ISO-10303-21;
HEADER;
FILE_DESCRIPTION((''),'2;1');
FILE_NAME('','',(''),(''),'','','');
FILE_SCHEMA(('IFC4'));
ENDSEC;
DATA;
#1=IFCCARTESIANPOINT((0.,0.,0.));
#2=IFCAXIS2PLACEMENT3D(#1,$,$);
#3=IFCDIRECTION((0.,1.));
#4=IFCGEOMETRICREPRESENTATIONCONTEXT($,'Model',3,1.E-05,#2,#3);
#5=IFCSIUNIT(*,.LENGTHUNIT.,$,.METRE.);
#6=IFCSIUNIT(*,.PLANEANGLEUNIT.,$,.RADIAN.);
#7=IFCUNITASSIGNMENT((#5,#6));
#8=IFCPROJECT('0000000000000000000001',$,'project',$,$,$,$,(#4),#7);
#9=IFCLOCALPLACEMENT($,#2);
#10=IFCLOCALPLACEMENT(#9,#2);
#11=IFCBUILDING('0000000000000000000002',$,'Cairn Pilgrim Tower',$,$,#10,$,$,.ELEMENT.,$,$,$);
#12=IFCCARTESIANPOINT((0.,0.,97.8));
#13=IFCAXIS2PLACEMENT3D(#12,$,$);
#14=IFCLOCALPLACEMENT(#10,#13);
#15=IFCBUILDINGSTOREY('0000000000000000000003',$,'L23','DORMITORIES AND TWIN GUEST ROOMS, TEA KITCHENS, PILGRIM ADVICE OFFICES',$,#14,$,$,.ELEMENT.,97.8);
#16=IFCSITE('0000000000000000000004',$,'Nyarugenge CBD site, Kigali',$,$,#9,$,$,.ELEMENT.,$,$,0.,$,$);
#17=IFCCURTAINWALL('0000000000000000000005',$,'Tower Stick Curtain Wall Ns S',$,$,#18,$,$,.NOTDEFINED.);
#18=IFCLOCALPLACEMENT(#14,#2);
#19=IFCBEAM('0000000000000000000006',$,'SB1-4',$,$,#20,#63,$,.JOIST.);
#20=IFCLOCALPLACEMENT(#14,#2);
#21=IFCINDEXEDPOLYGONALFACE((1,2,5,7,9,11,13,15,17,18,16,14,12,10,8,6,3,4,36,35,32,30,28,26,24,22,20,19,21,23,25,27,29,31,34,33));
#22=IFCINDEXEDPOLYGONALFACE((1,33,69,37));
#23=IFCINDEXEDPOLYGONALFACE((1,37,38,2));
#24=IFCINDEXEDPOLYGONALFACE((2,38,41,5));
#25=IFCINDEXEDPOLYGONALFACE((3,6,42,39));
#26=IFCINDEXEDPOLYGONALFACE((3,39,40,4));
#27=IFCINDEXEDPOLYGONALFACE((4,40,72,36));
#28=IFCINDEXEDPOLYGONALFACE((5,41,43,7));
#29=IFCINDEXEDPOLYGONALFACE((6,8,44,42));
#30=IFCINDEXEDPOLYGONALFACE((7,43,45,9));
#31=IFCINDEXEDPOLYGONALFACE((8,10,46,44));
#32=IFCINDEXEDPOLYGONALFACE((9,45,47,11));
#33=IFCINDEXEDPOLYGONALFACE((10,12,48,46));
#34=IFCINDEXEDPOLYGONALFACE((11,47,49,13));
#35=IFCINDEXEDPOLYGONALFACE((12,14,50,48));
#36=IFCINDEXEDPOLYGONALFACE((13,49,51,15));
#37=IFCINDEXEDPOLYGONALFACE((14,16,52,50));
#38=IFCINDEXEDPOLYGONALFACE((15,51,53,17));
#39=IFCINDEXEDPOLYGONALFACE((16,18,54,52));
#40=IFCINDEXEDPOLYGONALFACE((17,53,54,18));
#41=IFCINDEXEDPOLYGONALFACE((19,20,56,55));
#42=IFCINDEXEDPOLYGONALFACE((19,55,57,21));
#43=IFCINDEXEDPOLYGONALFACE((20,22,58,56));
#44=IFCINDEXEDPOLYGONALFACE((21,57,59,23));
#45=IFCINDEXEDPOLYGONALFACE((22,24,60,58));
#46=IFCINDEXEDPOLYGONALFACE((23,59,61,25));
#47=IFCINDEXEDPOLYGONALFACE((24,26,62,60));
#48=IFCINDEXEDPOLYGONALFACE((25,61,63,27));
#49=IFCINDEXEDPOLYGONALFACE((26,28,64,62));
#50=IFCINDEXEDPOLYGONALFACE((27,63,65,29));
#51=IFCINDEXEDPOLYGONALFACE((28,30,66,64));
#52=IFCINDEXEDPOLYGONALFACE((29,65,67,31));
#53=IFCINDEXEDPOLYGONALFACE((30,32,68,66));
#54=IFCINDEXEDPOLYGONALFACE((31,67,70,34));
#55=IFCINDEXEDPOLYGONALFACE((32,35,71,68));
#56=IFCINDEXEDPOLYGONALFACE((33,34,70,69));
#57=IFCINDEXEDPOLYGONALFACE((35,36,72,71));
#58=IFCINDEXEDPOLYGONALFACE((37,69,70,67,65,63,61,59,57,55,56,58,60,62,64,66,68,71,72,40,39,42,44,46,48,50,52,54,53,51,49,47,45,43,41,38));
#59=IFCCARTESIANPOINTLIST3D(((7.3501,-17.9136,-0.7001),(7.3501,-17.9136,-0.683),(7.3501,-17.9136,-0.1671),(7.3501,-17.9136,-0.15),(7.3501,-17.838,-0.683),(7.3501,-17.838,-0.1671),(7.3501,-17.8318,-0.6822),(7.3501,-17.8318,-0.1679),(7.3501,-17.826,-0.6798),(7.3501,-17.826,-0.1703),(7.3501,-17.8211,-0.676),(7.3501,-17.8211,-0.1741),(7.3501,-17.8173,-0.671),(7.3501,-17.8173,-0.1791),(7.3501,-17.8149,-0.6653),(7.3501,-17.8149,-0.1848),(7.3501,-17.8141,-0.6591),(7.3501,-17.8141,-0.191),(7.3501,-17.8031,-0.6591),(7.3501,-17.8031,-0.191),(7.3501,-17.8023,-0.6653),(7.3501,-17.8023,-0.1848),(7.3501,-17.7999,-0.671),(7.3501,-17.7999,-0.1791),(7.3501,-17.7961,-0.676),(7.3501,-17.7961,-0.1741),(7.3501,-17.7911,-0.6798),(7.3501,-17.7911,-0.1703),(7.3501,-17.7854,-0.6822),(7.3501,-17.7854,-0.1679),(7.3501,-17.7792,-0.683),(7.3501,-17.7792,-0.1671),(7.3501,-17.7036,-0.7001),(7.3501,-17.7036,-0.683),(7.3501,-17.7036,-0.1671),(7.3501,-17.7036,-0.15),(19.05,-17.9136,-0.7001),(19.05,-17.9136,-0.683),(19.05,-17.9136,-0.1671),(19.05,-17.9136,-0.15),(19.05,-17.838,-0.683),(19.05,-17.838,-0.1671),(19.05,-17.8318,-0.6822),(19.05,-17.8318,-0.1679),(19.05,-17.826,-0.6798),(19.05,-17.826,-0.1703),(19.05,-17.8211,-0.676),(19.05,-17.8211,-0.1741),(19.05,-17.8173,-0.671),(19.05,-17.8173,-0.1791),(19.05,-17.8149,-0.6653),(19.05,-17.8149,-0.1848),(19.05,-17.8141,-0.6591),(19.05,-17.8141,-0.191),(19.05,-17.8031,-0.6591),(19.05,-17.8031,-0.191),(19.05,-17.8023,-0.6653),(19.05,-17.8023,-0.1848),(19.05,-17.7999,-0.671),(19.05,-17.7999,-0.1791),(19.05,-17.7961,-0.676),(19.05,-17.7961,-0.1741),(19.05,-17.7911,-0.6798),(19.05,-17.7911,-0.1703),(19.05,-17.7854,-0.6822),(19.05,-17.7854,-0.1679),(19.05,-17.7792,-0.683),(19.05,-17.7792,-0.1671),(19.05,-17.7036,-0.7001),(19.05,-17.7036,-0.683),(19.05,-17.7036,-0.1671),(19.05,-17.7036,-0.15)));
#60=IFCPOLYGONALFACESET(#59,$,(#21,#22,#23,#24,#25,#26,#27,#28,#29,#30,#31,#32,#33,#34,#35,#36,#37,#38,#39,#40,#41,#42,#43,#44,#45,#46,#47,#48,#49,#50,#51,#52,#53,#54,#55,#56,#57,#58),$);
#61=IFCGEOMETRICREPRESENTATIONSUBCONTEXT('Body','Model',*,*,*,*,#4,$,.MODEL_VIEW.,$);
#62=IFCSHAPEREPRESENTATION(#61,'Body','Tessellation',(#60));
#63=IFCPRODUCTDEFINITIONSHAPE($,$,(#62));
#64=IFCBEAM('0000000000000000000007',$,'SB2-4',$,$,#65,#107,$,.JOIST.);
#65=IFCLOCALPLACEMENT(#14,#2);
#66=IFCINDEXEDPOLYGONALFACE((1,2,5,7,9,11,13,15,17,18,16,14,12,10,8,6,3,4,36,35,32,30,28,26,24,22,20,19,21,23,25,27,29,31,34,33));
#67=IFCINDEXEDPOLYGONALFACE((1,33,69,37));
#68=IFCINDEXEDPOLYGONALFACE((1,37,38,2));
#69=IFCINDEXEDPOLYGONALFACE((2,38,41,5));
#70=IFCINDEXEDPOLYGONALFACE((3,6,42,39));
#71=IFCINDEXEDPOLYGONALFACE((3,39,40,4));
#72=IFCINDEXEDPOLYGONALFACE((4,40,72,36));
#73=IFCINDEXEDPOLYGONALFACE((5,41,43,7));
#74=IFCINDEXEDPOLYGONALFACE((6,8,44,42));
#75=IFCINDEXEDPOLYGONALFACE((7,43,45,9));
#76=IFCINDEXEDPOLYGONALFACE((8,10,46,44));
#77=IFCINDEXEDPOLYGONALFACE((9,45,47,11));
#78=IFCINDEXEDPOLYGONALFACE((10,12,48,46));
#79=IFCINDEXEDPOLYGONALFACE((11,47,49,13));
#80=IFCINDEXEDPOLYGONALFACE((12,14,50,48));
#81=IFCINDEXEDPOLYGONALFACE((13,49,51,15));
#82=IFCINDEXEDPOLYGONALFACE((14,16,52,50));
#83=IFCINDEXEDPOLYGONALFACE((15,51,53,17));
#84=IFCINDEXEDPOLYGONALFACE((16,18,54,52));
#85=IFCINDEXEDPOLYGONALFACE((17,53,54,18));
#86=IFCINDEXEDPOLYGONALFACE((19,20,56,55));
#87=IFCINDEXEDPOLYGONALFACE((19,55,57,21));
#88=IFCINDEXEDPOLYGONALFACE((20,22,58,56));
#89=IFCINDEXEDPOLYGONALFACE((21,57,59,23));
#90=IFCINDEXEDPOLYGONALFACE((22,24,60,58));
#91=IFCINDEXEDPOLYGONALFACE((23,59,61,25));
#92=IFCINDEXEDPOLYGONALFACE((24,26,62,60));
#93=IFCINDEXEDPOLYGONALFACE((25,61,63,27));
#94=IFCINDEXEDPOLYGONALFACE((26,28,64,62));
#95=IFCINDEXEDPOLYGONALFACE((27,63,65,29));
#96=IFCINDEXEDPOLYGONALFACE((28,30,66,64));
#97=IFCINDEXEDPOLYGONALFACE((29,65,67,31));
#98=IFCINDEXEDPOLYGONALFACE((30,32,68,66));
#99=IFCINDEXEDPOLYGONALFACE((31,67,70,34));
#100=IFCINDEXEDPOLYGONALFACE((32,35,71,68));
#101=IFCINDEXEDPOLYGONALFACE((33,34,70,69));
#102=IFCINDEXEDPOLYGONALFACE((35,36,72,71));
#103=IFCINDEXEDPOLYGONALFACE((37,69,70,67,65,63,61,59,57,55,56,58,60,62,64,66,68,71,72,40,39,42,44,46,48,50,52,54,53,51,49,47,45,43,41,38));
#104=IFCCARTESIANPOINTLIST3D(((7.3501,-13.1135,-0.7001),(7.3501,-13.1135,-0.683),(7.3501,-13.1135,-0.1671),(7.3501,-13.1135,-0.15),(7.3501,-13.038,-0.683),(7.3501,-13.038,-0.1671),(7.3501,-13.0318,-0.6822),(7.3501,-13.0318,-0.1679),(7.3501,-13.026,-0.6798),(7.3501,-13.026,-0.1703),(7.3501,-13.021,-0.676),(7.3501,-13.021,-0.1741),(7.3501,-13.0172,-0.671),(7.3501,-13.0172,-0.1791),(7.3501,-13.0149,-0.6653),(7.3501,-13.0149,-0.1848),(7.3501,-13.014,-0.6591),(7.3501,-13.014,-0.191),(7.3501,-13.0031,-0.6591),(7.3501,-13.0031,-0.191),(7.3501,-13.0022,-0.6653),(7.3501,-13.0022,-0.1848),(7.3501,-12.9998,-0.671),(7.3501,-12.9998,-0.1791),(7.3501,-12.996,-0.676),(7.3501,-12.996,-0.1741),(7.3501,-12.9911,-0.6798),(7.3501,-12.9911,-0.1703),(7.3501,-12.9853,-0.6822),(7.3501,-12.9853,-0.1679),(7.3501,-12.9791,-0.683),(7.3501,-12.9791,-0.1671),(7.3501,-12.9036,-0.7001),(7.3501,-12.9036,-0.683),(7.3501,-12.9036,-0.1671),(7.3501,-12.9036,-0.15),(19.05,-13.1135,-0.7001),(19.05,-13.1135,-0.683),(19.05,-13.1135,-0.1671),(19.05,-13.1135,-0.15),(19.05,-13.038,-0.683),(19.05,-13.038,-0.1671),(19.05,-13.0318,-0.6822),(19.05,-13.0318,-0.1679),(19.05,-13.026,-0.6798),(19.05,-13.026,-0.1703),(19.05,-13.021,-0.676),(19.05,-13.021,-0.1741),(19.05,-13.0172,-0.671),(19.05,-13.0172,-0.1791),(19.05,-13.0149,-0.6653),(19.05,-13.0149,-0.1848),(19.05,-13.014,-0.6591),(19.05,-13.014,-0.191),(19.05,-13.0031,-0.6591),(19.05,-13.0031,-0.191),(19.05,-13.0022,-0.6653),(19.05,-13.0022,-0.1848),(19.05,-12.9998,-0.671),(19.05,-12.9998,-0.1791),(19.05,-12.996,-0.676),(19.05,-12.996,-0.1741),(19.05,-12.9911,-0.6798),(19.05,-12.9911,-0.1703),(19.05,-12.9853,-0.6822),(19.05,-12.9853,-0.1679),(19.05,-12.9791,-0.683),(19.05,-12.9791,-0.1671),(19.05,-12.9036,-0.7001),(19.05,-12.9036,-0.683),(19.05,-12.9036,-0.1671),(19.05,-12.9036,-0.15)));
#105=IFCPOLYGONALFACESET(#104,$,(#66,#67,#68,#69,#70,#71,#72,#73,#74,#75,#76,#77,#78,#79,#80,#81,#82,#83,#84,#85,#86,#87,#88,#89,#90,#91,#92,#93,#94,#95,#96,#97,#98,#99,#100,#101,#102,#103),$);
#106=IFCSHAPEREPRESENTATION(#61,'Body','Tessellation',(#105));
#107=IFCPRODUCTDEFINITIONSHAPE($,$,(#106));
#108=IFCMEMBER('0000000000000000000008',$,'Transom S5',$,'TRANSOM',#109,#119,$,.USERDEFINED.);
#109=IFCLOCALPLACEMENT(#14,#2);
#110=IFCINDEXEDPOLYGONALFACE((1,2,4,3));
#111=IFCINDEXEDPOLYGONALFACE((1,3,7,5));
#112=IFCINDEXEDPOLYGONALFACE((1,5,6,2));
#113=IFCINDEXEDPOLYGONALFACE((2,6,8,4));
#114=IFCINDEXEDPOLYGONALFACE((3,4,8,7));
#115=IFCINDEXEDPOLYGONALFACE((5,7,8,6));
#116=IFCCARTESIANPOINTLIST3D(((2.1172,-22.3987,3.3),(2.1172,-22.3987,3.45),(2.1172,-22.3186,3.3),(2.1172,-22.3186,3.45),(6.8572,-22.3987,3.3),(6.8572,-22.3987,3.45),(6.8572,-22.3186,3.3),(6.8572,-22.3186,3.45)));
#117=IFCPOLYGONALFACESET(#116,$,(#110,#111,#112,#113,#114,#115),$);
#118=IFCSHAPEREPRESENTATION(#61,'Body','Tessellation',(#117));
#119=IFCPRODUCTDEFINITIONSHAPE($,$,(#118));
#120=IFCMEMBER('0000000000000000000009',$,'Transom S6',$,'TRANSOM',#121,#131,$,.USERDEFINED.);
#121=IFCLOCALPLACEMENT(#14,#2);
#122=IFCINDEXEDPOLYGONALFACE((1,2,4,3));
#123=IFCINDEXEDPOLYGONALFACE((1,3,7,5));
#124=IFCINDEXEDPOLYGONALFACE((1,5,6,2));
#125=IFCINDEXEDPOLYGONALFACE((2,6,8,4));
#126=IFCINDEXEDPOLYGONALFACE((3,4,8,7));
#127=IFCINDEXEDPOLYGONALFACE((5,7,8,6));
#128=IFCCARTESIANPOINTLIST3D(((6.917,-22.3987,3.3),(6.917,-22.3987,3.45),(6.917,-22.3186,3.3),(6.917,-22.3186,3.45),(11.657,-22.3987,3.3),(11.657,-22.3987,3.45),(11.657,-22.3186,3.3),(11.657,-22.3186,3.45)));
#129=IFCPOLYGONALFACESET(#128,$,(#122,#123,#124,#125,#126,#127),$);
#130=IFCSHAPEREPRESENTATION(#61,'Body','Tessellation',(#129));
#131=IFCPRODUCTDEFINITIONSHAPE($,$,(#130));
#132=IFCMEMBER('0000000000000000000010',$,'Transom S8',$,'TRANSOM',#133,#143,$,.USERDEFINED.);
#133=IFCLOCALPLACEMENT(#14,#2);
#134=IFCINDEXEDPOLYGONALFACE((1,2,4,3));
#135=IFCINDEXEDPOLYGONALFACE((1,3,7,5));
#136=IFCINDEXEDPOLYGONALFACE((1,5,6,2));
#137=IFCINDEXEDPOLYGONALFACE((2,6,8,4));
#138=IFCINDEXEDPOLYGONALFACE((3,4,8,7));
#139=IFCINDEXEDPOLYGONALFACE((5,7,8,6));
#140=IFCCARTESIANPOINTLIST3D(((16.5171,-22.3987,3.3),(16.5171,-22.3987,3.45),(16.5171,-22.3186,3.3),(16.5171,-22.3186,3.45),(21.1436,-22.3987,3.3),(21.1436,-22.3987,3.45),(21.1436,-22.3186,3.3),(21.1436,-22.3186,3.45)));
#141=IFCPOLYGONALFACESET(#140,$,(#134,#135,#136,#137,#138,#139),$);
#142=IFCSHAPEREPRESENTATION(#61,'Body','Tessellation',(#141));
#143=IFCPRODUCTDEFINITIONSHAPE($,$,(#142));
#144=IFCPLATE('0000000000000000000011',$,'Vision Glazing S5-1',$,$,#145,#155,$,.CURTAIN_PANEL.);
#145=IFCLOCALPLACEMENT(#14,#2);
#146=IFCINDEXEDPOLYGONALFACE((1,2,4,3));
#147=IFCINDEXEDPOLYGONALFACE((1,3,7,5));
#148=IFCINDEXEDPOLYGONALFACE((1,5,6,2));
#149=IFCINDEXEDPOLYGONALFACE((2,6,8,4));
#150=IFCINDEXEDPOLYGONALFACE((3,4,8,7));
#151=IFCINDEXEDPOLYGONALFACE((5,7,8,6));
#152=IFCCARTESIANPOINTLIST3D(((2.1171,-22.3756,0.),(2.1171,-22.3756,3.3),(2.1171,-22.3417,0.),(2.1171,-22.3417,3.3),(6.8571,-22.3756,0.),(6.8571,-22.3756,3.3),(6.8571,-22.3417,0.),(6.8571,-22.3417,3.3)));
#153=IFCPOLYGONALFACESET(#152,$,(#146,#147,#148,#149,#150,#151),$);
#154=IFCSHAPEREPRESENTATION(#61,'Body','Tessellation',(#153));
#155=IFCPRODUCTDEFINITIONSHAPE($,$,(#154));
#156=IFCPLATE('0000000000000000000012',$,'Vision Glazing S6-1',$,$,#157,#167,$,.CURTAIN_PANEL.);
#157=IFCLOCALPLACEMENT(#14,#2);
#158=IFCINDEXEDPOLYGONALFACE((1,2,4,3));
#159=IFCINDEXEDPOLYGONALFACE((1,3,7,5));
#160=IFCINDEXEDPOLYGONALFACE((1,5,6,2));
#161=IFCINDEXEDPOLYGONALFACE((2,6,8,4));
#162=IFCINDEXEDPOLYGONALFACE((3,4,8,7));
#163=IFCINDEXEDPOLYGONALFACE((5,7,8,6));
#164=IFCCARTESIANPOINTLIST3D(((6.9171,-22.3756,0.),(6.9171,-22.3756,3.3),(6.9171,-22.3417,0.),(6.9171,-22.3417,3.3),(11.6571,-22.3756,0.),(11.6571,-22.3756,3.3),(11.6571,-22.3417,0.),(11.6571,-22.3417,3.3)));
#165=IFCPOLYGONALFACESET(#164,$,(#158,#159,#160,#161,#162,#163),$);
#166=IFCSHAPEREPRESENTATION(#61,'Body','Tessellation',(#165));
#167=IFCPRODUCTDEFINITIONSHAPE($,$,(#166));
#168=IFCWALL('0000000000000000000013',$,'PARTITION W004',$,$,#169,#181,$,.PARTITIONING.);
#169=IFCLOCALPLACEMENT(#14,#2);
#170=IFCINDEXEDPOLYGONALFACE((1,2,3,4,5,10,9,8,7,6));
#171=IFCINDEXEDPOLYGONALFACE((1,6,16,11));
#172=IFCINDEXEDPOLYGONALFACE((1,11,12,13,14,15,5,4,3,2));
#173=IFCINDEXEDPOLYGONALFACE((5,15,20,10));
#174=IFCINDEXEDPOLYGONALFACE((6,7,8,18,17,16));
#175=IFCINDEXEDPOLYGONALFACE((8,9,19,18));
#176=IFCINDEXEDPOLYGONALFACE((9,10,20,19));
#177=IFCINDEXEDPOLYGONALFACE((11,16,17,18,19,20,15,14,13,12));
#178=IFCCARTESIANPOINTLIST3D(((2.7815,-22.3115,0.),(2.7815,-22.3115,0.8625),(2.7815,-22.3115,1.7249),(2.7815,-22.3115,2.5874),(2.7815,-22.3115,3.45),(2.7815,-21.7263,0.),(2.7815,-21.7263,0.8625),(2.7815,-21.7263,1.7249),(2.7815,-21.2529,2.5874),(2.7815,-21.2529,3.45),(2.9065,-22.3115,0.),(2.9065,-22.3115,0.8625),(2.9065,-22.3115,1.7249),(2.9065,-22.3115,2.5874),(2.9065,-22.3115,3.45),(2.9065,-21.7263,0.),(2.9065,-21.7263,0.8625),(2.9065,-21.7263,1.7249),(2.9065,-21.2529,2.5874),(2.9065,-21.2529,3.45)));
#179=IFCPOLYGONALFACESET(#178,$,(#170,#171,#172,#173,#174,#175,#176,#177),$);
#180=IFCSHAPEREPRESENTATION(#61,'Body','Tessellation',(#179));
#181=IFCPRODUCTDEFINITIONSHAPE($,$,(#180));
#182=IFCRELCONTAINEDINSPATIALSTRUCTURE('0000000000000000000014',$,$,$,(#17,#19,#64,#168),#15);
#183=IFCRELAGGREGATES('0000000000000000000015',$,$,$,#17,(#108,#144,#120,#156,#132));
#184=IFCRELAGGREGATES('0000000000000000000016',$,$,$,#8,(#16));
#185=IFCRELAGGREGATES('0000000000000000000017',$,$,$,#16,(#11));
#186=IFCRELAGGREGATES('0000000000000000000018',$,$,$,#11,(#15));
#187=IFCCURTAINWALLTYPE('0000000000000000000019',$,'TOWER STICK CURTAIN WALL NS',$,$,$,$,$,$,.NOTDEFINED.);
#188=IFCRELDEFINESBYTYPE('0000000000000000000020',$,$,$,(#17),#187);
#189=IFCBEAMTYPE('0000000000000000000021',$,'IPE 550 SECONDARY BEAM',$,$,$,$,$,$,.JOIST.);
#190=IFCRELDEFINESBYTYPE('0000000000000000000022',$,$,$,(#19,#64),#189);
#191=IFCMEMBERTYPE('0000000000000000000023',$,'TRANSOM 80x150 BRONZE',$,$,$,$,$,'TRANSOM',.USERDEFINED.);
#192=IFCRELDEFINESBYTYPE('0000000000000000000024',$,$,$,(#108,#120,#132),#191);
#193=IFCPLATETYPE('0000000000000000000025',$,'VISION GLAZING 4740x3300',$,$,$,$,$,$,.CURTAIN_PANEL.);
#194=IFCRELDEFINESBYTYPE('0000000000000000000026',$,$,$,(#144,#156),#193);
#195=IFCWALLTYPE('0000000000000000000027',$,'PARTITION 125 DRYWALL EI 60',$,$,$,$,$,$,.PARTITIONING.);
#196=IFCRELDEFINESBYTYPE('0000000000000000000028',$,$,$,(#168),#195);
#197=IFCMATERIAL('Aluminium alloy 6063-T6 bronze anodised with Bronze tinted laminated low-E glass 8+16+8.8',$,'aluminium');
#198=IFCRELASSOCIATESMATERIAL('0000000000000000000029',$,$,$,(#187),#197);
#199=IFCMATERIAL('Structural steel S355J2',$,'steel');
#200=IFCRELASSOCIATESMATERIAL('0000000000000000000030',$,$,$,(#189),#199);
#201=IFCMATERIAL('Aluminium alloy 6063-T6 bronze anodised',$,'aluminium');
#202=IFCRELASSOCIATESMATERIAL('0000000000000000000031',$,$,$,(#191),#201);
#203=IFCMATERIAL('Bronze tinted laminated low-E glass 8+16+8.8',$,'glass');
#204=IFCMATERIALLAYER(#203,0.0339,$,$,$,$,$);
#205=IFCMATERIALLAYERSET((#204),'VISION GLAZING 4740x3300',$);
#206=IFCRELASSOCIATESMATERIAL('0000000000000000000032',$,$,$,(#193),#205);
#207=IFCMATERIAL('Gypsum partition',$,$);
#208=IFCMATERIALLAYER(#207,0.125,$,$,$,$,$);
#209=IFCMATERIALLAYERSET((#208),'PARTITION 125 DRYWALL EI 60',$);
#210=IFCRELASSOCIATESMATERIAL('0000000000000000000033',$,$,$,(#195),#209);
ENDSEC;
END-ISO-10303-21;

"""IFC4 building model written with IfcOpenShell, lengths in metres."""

from ifc_helpers import new_model, si_unit, direction, frame, origin, origin_2d, place, context, subcontext, project, spatial, polyline, rectangle, i_section, outline, extrude, material, layer, layer_set, material_profile, profile_set, type_object, element, aggregate, save


model = new_model("IFC4")

# Units and contexts
model_context = context("Model", 3, precision=1e-05, world=origin(), true_north=direction((0.0, 1.0)))
body_context = subcontext(model_context, "Body", "Model", "MODEL_VIEW")
ifc_project = project(units=[si_unit("LENGTHUNIT", "METRE"), si_unit("PLANEANGLEUNIT", "RADIAN")], contexts=[model_context])

# Site, building, storey
site_placement = place(None, origin())
site = spatial("IfcSite", under=ifc_project, at=site_placement, Name="Nyarugenge CBD site, Kigali", CompositionType="ELEMENT", RefElevation=0.0)
building_placement = place(site_placement, origin())
building = spatial("IfcBuilding", under=site, at=building_placement, Name="Cairn Pilgrim Tower", CompositionType="ELEMENT")
storey_placement = place(building_placement, frame((0.0, 0.0, 97.8)))
storey = spatial("IfcBuildingStorey", under=building, at=storey_placement, Name="L23", Description="DORMITORIES AND TWIN GUEST ROOMS, TEA KITCHENS, PILGRIM ADVICE OFFICES", CompositionType="ELEMENT", Elevation=97.8)

# Curtain wall
ifc_material_1 = material(Name="Aluminium alloy 6063-T6 bronze anodised with Bronze tinted laminated low-E glass 8+16+8.8", Category="aluminium")
curtain_wall_type = type_object("IfcCurtainWallType", Name="TOWER STICK CURTAIN WALL NS", PredefinedType="NOTDEFINED", material=ifc_material_1)
curtain_wall_placement = place(storey_placement, origin())
curtain_wall = element("IfcCurtainWall", 1, at=curtain_wall_placement, inside=storey, type_object=curtain_wall_type, Name="Tower Stick Curtain Wall Ns S", PredefinedType="NOTDEFINED")
ifc_material_2 = material(Name="Aluminium alloy 6063-T6 bronze anodised", Category="aluminium")

# Beams
ifc_material_3 = material(Name="Structural steel S355J2", Category="steel")
ifc_material_profile_1 = material_profile(ifc_material_3, i_section(OverallWidth=0.21, OverallDepth=0.55, WebThickness=0.011, FlangeThickness=0.0171, FilletRadius=0.0239, at=origin_2d()), Name="IPE 550")
ifc_profile_set_1 = profile_set([ifc_material_profile_1], Name="Structural steel S355J2")
beam_type_1 = type_object("IfcBeamType", Name="IPE 550 SECONDARY BEAM", PredefinedType="JOIST", material=ifc_profile_set_1)
for number, where, z_axis, x_axis, name in (
    (2, (7.3501, -17.8086, -0.425), (1.0, 0.0, 0.0), (0.0, 1.0, 0.0), "SB1-4"),
    (3, (7.3501, -13.0085, -0.425), (1.0, 0.0, 0.0), (0.0, 1.0, 0.0), "SB2-4"),
):
    element("IfcBeam", number, at=place(storey_placement, frame(where, z_axis=z_axis, x_axis=x_axis)), inside=storey, type_object=beam_type_1, Name=name, PredefinedType="JOIST", context=body_context, shape_type="SweptSolid", body=[
        extrude(i_section(OverallWidth=0.21, OverallDepth=0.55, WebThickness=0.011, FlangeThickness=0.0171, FilletRadius=0.0239, at=origin_2d()), origin(), (0.0, 0.0, 1.0), 11.7),
    ])

# Members
ifc_material_profile_2 = material_profile(ifc_material_2, rectangle(XDim=0.0801, YDim=0.1499, at=origin_2d()), Name="TRANSOM 80x150 BRONZE")
ifc_profile_set_2 = profile_set([ifc_material_profile_2], Name="Aluminium alloy 6063-T6 bronze anodised")
member_type_1 = type_object("IfcMemberType", Name="TRANSOM 80x150 BRONZE", ElementType="TRANSOM", PredefinedType="USERDEFINED", material=ifc_profile_set_2)
member_1_placement = place(storey_placement, frame((2.1172, -22.3586, 3.375), z_axis=(1.0, 0.0, 0.0), x_axis=(0.0, 1.0, 0.0)))
member_1 = element("IfcMember", 4, at=member_1_placement, type_object=member_type_1, Name="Transom S5", ObjectType="TRANSOM", PredefinedType="USERDEFINED", context=body_context, shape_type="SweptSolid", body=[
    extrude(rectangle(XDim=0.0801, YDim=0.1499, at=origin_2d()), origin(), (0.0, 0.0, 1.0), 4.74),
])
member_2_placement = place(storey_placement, frame((6.917, -22.3586, 3.375), z_axis=(1.0, 0.0, 0.0), x_axis=(0.0, 1.0, 0.0)))
member_2 = element("IfcMember", 5, at=member_2_placement, type_object=member_type_1, Name="Transom S6", ObjectType="TRANSOM", PredefinedType="USERDEFINED", context=body_context, shape_type="SweptSolid", body=[
    extrude(rectangle(XDim=0.0801, YDim=0.1499, at=origin_2d()), origin(), (0.0, 0.0, 1.0), 4.74),
])
member_3_placement = place(storey_placement, frame((16.5171, -22.3586, 3.375), z_axis=(1.0, 0.0, 0.0), x_axis=(0.0, 1.0, 0.0)))
member_3 = element("IfcMember", 6, at=member_3_placement, type_object=member_type_1, Name="Transom S8", ObjectType="TRANSOM", PredefinedType="USERDEFINED", context=body_context, shape_type="SweptSolid", body=[
    extrude(rectangle(XDim=0.0801, YDim=0.1499, at=origin_2d()), origin(), (0.0, 0.0, 1.0), 4.6265),
])

# Plates
ifc_material_4 = material(Name="Bronze tinted laminated low-E glass 8+16+8.8", Category="glass")
ifc_layer_1 = layer(ifc_material_4, 0.0339)
ifc_layer_set_1 = layer_set([ifc_layer_1], Name="VISION GLAZING 4740x3300")
plate_type = type_object("IfcPlateType", Name="VISION GLAZING 4740x3300", PredefinedType="CURTAIN_PANEL", material=ifc_layer_set_1)
plate_1_placement = place(storey_placement, frame((4.4871, -22.3586, 0.0), z_axis=(0.0, 0.0, 1.0), x_axis=(1.0, 0.0, 0.0)))
plate_1 = element("IfcPlate", 7, at=plate_1_placement, type_object=plate_type, Name="Vision Glazing S5-1", PredefinedType="CURTAIN_PANEL", context=body_context, shape_type="SweptSolid", body=[
    extrude(rectangle(XDim=4.74, YDim=0.0339, at=origin_2d()), origin(), (0.0, 0.0, 1.0), 3.3),
])
plate_2_placement = place(storey_placement, frame((9.2871, -22.3586, 0.0), z_axis=(0.0, 0.0, 1.0), x_axis=(1.0, 0.0, 0.0)))
plate_2 = element("IfcPlate", 8, at=plate_2_placement, type_object=plate_type, Name="Vision Glazing S6-1", PredefinedType="CURTAIN_PANEL", context=body_context, shape_type="SweptSolid", body=[
    extrude(rectangle(XDim=4.74, YDim=0.0339, at=origin_2d()), origin(), (0.0, 0.0, 1.0), 3.3),
])
aggregate(curtain_wall, [member_1, plate_1, member_2, plate_2, member_3])

# Wall
ifc_material_5 = material(Name="Gypsum partition")
ifc_layer_2 = layer(ifc_material_5, 0.125)
ifc_layer_set_2 = layer_set([ifc_layer_2], Name="PARTITION 125 DRYWALL EI 60")
wall_type_1 = type_object("IfcWallType", Name="PARTITION 125 DRYWALL EI 60", PredefinedType="PARTITIONING", material=ifc_layer_set_2)
wall_1_placement = place(storey_placement, frame((2.844, -22.3115, 0.0), z_axis=(0.0, 0.0, 1.0), x_axis=(0.0, 1.0, 0.0)))
element("IfcWall", 9, at=wall_1_placement, inside=storey, type_object=wall_type_1, Name="PARTITION W004", PredefinedType="PARTITIONING", context=body_context, shape_type="SweptSolid", body=[
    extrude(outline(polyline([(0.0, 0.0), (0.5852, 0.0), (0.5852, 0.8625), (0.5852, 1.7249), (1.0586, 2.5874), (1.0586, 3.45), (0.0, 3.45), (0.0, 2.5874), (0.0, 1.7249), (0.0, 0.8625), (0.0, 0.0)])), frame((0.0, 0.0625, 0.0), z_axis=(0.0, -1.0, 0.0), x_axis=(1.0, 0.0, 0.0)), (0.0, 0.0, 1.0), 0.125),
])

save(model, "model.ifc")
